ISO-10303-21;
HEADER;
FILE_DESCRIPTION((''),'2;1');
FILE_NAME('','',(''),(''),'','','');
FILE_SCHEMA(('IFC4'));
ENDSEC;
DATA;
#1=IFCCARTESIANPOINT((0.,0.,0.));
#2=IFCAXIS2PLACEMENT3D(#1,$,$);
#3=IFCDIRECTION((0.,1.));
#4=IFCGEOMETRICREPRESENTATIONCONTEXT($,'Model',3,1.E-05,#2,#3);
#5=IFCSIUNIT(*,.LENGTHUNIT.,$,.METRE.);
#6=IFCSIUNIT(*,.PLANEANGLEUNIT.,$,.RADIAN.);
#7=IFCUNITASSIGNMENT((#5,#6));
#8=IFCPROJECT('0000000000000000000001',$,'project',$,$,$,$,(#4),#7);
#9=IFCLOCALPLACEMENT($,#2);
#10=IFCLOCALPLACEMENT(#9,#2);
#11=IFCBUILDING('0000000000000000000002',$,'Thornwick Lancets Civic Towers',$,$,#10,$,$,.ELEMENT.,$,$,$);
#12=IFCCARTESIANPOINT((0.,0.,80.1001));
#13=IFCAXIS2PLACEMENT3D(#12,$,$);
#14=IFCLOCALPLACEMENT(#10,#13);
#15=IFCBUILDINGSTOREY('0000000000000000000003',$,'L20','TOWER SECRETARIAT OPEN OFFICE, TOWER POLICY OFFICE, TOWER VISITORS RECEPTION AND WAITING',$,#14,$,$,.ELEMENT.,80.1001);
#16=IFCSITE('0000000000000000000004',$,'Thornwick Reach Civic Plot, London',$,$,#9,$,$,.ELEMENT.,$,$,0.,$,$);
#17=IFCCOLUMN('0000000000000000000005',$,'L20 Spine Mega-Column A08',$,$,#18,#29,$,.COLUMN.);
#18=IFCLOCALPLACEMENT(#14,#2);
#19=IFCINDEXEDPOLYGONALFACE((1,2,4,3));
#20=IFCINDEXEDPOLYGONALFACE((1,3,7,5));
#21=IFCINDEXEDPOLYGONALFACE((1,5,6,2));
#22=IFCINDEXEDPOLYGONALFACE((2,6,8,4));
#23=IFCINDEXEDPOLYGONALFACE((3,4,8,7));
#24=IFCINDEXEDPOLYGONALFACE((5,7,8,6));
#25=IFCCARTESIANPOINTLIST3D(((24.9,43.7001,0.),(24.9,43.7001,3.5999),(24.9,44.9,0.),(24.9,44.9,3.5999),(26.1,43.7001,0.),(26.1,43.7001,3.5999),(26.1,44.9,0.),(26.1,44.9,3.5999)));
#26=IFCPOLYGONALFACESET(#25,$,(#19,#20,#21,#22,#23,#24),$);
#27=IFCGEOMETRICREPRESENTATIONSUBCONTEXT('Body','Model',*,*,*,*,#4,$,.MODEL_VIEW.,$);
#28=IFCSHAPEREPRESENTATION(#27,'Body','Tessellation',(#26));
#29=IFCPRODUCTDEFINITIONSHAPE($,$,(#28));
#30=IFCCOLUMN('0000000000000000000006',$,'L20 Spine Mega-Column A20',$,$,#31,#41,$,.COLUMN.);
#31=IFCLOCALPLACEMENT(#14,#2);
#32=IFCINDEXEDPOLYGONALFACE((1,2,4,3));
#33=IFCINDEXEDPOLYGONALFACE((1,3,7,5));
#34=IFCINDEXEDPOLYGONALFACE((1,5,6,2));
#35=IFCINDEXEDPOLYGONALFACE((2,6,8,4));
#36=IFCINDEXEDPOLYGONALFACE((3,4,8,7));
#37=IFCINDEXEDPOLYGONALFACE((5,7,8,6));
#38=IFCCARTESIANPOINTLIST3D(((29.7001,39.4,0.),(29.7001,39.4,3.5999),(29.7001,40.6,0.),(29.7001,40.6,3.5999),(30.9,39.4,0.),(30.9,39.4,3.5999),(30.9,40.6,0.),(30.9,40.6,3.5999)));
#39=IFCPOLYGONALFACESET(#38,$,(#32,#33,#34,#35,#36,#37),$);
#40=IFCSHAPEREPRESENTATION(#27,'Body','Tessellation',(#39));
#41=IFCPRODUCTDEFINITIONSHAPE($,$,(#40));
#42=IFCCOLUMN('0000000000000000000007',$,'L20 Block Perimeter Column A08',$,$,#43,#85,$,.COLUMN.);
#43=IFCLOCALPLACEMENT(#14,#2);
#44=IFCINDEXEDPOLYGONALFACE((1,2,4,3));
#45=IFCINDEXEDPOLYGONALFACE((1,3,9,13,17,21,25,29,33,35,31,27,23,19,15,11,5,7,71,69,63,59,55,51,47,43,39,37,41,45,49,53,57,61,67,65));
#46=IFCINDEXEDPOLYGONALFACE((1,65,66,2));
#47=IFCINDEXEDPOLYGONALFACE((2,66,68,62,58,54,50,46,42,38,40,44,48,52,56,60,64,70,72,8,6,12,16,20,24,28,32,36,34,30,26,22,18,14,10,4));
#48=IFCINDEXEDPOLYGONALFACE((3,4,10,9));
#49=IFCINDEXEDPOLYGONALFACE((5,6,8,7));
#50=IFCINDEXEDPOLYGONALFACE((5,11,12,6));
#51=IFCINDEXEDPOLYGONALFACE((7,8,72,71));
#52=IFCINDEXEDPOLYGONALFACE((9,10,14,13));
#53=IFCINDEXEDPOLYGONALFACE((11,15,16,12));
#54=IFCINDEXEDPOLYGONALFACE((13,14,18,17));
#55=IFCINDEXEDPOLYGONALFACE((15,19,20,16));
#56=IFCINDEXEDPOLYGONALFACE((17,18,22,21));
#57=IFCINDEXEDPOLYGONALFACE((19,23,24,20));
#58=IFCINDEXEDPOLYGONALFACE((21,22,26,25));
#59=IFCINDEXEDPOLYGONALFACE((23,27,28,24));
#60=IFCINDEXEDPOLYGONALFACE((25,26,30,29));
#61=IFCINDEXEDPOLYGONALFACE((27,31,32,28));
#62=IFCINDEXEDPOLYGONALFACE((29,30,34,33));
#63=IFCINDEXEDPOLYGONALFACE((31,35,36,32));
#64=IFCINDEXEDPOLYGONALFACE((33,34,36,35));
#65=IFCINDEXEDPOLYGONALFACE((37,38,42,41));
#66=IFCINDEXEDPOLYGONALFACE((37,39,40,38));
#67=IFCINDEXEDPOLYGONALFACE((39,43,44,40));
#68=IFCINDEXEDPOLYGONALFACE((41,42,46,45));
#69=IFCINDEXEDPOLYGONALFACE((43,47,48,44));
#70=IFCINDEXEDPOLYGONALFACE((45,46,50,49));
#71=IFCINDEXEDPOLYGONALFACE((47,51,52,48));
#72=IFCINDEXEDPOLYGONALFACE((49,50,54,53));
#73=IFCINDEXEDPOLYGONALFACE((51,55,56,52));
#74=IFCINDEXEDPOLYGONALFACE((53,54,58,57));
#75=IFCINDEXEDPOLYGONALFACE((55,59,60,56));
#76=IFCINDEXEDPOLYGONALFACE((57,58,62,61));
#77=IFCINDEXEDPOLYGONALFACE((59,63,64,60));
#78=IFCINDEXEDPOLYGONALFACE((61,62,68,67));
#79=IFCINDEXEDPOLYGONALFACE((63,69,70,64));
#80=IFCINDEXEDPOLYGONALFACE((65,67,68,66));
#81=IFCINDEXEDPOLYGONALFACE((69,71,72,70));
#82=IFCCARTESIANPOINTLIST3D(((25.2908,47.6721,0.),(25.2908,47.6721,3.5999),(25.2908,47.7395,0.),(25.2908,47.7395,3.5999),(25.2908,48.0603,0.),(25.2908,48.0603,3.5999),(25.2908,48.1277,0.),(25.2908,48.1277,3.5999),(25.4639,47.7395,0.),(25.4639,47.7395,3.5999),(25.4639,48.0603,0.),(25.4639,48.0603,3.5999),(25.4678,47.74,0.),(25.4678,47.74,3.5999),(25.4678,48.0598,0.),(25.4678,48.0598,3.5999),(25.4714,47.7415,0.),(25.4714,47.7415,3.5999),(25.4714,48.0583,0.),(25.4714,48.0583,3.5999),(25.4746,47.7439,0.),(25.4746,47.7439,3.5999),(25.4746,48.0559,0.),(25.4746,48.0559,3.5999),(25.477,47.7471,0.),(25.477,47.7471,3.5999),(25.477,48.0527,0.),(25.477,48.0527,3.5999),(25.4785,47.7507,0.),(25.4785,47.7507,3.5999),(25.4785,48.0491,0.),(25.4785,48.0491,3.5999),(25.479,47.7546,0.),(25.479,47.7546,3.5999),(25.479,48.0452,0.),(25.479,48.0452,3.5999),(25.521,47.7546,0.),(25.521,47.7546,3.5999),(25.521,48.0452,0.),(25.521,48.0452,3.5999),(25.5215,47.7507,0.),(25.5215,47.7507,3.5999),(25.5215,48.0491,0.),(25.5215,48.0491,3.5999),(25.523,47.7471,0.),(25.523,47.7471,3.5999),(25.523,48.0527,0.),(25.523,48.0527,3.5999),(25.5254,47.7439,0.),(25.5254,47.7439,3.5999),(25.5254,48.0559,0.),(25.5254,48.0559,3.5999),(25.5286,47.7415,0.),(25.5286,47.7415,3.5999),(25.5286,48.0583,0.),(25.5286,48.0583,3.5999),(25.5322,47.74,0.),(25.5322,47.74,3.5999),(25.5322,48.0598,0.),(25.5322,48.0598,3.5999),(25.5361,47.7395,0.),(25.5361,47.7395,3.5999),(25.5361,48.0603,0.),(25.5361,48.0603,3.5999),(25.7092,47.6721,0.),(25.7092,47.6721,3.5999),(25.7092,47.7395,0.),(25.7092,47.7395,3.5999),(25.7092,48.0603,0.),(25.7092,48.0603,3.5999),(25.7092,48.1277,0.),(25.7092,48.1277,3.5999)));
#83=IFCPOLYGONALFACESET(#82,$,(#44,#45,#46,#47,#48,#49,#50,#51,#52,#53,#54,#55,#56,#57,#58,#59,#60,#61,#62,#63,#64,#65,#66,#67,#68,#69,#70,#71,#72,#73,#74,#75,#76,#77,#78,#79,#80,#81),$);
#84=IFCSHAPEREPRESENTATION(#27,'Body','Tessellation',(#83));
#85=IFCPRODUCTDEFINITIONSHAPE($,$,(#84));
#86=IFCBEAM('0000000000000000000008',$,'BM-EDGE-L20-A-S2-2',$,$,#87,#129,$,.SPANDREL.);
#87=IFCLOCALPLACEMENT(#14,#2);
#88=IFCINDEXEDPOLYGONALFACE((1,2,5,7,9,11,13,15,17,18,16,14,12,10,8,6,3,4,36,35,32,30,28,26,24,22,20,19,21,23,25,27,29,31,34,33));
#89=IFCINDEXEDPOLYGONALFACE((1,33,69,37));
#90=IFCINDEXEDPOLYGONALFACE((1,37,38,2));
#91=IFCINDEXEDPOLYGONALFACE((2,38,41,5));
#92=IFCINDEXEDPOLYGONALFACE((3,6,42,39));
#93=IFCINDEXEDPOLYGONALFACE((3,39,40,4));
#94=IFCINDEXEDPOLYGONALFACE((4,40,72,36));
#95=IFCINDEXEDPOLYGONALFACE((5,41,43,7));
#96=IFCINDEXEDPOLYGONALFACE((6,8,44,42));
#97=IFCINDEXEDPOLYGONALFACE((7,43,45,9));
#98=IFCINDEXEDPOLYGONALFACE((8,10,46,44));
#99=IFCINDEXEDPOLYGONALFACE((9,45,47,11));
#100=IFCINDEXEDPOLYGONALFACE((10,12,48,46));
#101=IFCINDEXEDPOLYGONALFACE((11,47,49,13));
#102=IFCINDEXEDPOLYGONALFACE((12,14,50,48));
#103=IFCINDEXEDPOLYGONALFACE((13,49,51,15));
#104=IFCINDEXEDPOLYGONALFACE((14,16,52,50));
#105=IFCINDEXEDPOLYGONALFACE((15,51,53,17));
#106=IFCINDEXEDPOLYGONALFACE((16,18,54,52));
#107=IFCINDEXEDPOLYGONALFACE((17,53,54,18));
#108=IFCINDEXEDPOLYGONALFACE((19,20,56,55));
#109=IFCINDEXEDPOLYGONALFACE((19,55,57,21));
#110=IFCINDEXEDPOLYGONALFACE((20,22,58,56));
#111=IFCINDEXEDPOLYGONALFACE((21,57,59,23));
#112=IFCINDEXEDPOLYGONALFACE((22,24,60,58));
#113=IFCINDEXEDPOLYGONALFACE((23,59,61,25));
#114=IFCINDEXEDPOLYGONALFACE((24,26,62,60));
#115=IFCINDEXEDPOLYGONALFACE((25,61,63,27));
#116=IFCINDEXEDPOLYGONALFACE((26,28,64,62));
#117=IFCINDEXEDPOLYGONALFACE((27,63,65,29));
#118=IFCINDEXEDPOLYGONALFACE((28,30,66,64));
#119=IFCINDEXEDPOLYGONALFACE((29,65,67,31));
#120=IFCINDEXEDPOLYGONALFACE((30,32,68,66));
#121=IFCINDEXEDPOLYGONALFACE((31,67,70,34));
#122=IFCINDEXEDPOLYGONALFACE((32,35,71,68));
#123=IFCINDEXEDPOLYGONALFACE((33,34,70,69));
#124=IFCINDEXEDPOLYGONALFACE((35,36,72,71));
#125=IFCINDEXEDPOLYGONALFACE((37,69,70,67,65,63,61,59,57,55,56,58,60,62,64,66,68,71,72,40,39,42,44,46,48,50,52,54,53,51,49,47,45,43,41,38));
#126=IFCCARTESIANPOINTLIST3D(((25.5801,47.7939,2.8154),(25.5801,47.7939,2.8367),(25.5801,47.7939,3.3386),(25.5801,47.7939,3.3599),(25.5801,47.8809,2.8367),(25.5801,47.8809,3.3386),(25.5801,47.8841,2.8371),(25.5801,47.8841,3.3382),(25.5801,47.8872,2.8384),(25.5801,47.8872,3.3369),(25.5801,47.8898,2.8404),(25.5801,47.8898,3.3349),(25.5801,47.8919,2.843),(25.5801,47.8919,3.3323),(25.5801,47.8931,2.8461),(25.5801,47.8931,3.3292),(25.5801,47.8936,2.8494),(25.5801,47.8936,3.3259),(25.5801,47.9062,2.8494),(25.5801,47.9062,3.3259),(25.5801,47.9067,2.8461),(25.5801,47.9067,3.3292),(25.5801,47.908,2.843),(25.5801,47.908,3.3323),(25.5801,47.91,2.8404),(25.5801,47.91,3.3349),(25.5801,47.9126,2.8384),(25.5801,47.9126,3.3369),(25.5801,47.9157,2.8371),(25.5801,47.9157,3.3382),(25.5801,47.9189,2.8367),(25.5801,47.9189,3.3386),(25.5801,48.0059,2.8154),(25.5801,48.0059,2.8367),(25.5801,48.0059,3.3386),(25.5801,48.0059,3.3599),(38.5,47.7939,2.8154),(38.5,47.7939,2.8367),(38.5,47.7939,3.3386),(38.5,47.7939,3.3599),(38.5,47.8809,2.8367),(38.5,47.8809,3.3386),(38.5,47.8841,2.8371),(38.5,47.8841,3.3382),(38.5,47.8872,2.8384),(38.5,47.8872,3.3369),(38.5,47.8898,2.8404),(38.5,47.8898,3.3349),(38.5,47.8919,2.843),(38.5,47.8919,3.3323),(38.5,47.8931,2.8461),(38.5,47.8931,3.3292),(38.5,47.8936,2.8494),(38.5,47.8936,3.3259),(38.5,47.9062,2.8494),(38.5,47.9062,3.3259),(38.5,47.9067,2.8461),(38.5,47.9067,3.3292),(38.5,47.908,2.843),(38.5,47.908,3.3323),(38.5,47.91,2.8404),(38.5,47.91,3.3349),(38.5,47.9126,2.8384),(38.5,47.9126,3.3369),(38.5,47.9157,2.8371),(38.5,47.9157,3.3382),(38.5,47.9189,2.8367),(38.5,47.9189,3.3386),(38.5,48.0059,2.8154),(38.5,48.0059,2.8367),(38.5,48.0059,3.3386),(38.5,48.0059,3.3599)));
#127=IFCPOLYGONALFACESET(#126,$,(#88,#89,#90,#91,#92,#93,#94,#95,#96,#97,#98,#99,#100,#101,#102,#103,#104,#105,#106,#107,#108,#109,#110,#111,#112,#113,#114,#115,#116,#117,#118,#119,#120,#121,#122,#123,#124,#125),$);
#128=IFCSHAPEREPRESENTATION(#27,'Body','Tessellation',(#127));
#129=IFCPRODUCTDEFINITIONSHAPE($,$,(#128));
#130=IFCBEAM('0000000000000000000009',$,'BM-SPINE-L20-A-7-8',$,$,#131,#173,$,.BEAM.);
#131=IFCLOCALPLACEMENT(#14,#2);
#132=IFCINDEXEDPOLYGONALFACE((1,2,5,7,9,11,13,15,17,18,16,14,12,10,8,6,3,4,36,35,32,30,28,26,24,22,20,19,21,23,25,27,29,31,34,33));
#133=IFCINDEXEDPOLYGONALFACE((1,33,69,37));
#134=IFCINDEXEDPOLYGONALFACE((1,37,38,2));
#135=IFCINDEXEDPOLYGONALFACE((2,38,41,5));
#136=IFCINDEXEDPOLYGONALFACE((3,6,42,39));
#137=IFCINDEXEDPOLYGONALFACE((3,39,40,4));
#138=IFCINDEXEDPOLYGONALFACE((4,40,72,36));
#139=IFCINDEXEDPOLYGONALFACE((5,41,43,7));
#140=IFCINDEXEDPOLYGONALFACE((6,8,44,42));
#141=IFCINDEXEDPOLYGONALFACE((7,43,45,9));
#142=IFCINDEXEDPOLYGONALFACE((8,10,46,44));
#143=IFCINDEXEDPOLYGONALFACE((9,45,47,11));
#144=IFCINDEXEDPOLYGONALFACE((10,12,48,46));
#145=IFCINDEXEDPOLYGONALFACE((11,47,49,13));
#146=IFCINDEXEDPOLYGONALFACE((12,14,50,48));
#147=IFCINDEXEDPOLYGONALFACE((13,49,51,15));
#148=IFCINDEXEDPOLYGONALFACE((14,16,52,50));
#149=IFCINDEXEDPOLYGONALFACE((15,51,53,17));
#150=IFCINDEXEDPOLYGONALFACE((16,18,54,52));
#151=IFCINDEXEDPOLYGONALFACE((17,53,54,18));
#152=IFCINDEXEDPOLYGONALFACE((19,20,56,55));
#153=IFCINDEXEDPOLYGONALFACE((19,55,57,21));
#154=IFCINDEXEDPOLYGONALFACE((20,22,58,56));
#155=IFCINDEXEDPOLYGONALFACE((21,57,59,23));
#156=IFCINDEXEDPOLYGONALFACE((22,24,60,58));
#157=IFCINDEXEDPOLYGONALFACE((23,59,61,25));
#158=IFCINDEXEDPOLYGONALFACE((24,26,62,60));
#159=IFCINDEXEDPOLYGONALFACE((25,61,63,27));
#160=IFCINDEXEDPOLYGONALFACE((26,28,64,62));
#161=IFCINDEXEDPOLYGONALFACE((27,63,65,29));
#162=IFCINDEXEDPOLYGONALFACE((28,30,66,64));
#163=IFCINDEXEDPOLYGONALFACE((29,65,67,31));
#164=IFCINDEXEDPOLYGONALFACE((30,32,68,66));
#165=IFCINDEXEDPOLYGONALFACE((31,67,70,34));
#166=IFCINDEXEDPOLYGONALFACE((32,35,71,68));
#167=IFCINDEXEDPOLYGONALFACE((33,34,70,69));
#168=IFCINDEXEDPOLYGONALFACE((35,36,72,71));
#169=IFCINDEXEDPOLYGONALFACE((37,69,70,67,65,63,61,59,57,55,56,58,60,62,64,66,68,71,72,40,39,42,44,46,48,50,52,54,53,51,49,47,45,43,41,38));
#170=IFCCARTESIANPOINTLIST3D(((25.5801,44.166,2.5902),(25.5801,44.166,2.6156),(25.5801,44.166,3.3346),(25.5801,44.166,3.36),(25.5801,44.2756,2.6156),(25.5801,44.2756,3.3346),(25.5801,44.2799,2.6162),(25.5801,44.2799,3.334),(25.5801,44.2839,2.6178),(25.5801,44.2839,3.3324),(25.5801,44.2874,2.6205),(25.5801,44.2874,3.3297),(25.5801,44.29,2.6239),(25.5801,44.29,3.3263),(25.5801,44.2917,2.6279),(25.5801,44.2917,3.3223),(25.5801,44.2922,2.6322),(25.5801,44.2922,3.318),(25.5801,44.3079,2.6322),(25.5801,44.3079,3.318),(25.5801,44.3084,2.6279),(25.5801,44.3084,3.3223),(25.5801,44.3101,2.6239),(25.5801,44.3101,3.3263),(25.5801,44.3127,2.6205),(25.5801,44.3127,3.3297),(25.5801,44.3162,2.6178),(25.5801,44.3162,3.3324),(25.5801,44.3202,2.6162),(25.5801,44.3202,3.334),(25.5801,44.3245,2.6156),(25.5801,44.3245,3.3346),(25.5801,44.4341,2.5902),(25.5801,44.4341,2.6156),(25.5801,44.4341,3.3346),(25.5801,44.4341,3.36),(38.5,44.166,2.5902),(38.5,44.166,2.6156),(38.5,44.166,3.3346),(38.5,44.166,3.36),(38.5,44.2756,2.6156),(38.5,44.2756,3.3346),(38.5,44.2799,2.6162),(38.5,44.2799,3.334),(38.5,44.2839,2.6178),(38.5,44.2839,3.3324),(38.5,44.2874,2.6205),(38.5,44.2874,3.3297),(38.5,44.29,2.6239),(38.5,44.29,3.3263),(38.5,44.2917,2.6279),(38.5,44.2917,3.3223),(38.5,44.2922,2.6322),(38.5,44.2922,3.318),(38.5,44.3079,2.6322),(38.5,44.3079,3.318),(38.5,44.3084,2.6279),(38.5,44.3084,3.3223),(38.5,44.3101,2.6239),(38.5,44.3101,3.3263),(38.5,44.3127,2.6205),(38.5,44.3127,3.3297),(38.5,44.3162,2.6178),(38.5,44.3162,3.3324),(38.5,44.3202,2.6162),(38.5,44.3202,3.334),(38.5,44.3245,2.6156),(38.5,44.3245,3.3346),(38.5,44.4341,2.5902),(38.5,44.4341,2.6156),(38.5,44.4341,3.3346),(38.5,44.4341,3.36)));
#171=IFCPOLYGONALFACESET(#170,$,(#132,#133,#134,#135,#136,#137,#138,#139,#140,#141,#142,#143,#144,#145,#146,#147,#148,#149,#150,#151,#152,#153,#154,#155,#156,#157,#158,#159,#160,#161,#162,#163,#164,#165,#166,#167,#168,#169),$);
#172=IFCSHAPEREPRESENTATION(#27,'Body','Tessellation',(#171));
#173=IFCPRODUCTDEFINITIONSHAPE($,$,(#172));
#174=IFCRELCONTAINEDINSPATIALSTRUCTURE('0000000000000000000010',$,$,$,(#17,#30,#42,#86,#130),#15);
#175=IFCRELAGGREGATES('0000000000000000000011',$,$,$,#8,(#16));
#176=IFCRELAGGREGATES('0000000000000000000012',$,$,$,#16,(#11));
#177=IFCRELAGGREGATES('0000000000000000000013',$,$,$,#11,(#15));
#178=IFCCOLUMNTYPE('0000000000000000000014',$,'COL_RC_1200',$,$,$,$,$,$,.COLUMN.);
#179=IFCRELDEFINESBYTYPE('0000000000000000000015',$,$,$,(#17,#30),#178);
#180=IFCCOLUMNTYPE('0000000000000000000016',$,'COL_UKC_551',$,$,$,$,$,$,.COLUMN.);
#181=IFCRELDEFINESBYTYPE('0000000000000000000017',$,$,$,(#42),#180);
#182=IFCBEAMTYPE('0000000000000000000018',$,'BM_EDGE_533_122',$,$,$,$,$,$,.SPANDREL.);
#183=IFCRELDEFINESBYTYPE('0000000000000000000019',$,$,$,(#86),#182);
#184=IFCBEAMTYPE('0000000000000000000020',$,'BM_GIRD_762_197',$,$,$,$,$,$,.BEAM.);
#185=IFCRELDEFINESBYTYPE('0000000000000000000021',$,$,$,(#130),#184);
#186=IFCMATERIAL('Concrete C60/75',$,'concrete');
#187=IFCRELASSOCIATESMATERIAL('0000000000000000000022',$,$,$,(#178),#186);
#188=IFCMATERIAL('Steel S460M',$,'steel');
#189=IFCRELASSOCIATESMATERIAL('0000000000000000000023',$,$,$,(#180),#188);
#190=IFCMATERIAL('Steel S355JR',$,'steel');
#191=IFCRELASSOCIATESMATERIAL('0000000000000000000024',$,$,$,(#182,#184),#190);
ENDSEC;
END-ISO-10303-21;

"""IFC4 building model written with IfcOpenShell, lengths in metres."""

from ifc_helpers import new_model, si_unit, direction, frame, origin, origin_2d, place, context, subcontext, project, spatial, rectangle, i_section, extrude, material, material_profile, profile_set, type_object, element, save


model = new_model("IFC4")

# Units and contexts
model_context = context("Model", 3, precision=1e-05, world=origin(), true_north=direction((0.0, 1.0)))
body_context = subcontext(model_context, "Body", "Model", "MODEL_VIEW")
ifc_project = project(units=[si_unit("LENGTHUNIT", "METRE"), si_unit("PLANEANGLEUNIT", "RADIAN")], contexts=[model_context])

# Site, building, storey
site_placement = place(None, origin())
site = spatial("IfcSite", under=ifc_project, at=site_placement, Name="Thornwick Reach Civic Plot, London", CompositionType="ELEMENT", RefElevation=0.0)
building_placement = place(site_placement, origin())
building = spatial("IfcBuilding", under=site, at=building_placement, Name="Thornwick Lancets Civic Towers", CompositionType="ELEMENT")
storey_placement = place(building_placement, frame((0.0, 0.0, 80.1001)))
storey = spatial("IfcBuildingStorey", under=building, at=storey_placement, Name="L20", Description="TOWER SECRETARIAT OPEN OFFICE, TOWER POLICY OFFICE, TOWER VISITORS RECEPTION AND WAITING", CompositionType="ELEMENT", Elevation=80.1001)

# Columns
ifc_material_1 = material(Name="Concrete C60/75", Category="concrete")
ifc_material_profile_1 = material_profile(ifc_material_1, rectangle(XDim=1.2, YDim=1.2, at=origin_2d()), Name="RC 1200x1200")
ifc_profile_set_1 = profile_set([ifc_material_profile_1], Name="Concrete C60/75")
column_type_1 = type_object("IfcColumnType", Name="COL_RC_1200", PredefinedType="COLUMN", material=ifc_profile_set_1)
for number, where, z_axis, x_axis, name in (
    (1, (25.5, 44.3, 0.0), (0.0, 0.0, 1.0), (1.0, 0.0, 0.0), "L20 Spine Mega-Column A08"),
    (2, (30.3, 40.0, 0.0), (0.0, 0.0, 1.0), (1.0, 0.0, 0.0), "L20 Spine Mega-Column A20"),
):
    element("IfcColumn", number, at=place(storey_placement, frame(where, z_axis=z_axis, x_axis=x_axis)), inside=storey, type_object=column_type_1, Name=name, PredefinedType="COLUMN", context=body_context, shape_type="SweptSolid", body=[
        extrude(rectangle(XDim=1.2, YDim=1.2, at=origin_2d()), origin(), (0.0, 0.0, 1.0), 3.5999),
    ])
ifc_material_2 = material(Name="Steel S460M", Category="steel")
ifc_material_profile_2 = material_profile(ifc_material_2, i_section(OverallWidth=0.4185, OverallDepth=0.4556, WebThickness=0.042, FlangeThickness=0.0674, FilletRadius=0.0151, at=origin_2d()), Name="UKC 356x406x551")
ifc_profile_set_2 = profile_set([ifc_material_profile_2], Name="Steel S460M")
column_type_2 = type_object("IfcColumnType", Name="COL_UKC_551", PredefinedType="COLUMN", material=ifc_profile_set_2)
column_placement = place(storey_placement, frame((25.5, 47.8999, 0.0), z_axis=(0.0, 0.0, 1.0), x_axis=(1.0, 0.0, 0.0)))
element("IfcColumn", 3, at=column_placement, inside=storey, type_object=column_type_2, Name="L20 Block Perimeter Column A08", PredefinedType="COLUMN", context=body_context, shape_type="SweptSolid", body=[
    extrude(i_section(OverallWidth=0.4185, OverallDepth=0.4556, WebThickness=0.042, FlangeThickness=0.0674, FilletRadius=0.0151, at=origin_2d()), origin(), (0.0, 0.0, 1.0), 3.5999),
])

# Beams
ifc_material_3 = material(Name="Steel S355JR", Category="steel")
ifc_material_profile_3 = material_profile(ifc_material_3, i_section(OverallWidth=0.2119, OverallDepth=0.5444, WebThickness=0.0127, FlangeThickness=0.0212, FilletRadius=0.0127, at=origin_2d()), Name="UKB 533x210x122")
ifc_profile_set_3 = profile_set([ifc_material_profile_3], Name="Steel S355JR")
beam_type_1 = type_object("IfcBeamType", Name="BM_EDGE_533_122", PredefinedType="SPANDREL", material=ifc_profile_set_3)
beam_1_placement = place(storey_placement, frame((25.5801, 47.8999, 3.0876), z_axis=(1.0, 0.0, 0.0), x_axis=(0.0, 1.0, 0.0)))
element("IfcBeam", 4, at=beam_1_placement, inside=storey, type_object=beam_type_1, Name="BM-EDGE-L20-A-S2-2", PredefinedType="SPANDREL", context=body_context, shape_type="SweptSolid", body=[
    extrude(i_section(OverallWidth=0.2119, OverallDepth=0.5444, WebThickness=0.0127, FlangeThickness=0.0212, FilletRadius=0.0127, at=origin_2d()), origin(), (0.0, 0.0, 1.0), 12.9199),
])
ifc_material_profile_4 = material_profile(ifc_material_3, i_section(OverallWidth=0.2681, OverallDepth=0.7698, WebThickness=0.0156, FlangeThickness=0.0254, FilletRadius=0.0166, at=origin_2d()), Name="UKB 762x267x197")
ifc_profile_set_4 = profile_set([ifc_material_profile_4], Name="Steel S355JR")
beam_type_2 = type_object("IfcBeamType", Name="BM_GIRD_762_197", PredefinedType="BEAM", material=ifc_profile_set_4)
beam_2_placement = place(storey_placement, frame((25.5801, 44.3, 2.9751), z_axis=(1.0, 0.0, 0.0), x_axis=(0.0, 1.0, 0.0)))
element("IfcBeam", 5, at=beam_2_placement, inside=storey, type_object=beam_type_2, Name="BM-SPINE-L20-A-7-8", PredefinedType="BEAM", context=body_context, shape_type="SweptSolid", body=[
    extrude(i_section(OverallWidth=0.2681, OverallDepth=0.7698, WebThickness=0.0156, FlangeThickness=0.0254, FilletRadius=0.0166, at=origin_2d()), origin(), (0.0, 0.0, 1.0), 12.9199),
])

save(model, "model.ifc")
